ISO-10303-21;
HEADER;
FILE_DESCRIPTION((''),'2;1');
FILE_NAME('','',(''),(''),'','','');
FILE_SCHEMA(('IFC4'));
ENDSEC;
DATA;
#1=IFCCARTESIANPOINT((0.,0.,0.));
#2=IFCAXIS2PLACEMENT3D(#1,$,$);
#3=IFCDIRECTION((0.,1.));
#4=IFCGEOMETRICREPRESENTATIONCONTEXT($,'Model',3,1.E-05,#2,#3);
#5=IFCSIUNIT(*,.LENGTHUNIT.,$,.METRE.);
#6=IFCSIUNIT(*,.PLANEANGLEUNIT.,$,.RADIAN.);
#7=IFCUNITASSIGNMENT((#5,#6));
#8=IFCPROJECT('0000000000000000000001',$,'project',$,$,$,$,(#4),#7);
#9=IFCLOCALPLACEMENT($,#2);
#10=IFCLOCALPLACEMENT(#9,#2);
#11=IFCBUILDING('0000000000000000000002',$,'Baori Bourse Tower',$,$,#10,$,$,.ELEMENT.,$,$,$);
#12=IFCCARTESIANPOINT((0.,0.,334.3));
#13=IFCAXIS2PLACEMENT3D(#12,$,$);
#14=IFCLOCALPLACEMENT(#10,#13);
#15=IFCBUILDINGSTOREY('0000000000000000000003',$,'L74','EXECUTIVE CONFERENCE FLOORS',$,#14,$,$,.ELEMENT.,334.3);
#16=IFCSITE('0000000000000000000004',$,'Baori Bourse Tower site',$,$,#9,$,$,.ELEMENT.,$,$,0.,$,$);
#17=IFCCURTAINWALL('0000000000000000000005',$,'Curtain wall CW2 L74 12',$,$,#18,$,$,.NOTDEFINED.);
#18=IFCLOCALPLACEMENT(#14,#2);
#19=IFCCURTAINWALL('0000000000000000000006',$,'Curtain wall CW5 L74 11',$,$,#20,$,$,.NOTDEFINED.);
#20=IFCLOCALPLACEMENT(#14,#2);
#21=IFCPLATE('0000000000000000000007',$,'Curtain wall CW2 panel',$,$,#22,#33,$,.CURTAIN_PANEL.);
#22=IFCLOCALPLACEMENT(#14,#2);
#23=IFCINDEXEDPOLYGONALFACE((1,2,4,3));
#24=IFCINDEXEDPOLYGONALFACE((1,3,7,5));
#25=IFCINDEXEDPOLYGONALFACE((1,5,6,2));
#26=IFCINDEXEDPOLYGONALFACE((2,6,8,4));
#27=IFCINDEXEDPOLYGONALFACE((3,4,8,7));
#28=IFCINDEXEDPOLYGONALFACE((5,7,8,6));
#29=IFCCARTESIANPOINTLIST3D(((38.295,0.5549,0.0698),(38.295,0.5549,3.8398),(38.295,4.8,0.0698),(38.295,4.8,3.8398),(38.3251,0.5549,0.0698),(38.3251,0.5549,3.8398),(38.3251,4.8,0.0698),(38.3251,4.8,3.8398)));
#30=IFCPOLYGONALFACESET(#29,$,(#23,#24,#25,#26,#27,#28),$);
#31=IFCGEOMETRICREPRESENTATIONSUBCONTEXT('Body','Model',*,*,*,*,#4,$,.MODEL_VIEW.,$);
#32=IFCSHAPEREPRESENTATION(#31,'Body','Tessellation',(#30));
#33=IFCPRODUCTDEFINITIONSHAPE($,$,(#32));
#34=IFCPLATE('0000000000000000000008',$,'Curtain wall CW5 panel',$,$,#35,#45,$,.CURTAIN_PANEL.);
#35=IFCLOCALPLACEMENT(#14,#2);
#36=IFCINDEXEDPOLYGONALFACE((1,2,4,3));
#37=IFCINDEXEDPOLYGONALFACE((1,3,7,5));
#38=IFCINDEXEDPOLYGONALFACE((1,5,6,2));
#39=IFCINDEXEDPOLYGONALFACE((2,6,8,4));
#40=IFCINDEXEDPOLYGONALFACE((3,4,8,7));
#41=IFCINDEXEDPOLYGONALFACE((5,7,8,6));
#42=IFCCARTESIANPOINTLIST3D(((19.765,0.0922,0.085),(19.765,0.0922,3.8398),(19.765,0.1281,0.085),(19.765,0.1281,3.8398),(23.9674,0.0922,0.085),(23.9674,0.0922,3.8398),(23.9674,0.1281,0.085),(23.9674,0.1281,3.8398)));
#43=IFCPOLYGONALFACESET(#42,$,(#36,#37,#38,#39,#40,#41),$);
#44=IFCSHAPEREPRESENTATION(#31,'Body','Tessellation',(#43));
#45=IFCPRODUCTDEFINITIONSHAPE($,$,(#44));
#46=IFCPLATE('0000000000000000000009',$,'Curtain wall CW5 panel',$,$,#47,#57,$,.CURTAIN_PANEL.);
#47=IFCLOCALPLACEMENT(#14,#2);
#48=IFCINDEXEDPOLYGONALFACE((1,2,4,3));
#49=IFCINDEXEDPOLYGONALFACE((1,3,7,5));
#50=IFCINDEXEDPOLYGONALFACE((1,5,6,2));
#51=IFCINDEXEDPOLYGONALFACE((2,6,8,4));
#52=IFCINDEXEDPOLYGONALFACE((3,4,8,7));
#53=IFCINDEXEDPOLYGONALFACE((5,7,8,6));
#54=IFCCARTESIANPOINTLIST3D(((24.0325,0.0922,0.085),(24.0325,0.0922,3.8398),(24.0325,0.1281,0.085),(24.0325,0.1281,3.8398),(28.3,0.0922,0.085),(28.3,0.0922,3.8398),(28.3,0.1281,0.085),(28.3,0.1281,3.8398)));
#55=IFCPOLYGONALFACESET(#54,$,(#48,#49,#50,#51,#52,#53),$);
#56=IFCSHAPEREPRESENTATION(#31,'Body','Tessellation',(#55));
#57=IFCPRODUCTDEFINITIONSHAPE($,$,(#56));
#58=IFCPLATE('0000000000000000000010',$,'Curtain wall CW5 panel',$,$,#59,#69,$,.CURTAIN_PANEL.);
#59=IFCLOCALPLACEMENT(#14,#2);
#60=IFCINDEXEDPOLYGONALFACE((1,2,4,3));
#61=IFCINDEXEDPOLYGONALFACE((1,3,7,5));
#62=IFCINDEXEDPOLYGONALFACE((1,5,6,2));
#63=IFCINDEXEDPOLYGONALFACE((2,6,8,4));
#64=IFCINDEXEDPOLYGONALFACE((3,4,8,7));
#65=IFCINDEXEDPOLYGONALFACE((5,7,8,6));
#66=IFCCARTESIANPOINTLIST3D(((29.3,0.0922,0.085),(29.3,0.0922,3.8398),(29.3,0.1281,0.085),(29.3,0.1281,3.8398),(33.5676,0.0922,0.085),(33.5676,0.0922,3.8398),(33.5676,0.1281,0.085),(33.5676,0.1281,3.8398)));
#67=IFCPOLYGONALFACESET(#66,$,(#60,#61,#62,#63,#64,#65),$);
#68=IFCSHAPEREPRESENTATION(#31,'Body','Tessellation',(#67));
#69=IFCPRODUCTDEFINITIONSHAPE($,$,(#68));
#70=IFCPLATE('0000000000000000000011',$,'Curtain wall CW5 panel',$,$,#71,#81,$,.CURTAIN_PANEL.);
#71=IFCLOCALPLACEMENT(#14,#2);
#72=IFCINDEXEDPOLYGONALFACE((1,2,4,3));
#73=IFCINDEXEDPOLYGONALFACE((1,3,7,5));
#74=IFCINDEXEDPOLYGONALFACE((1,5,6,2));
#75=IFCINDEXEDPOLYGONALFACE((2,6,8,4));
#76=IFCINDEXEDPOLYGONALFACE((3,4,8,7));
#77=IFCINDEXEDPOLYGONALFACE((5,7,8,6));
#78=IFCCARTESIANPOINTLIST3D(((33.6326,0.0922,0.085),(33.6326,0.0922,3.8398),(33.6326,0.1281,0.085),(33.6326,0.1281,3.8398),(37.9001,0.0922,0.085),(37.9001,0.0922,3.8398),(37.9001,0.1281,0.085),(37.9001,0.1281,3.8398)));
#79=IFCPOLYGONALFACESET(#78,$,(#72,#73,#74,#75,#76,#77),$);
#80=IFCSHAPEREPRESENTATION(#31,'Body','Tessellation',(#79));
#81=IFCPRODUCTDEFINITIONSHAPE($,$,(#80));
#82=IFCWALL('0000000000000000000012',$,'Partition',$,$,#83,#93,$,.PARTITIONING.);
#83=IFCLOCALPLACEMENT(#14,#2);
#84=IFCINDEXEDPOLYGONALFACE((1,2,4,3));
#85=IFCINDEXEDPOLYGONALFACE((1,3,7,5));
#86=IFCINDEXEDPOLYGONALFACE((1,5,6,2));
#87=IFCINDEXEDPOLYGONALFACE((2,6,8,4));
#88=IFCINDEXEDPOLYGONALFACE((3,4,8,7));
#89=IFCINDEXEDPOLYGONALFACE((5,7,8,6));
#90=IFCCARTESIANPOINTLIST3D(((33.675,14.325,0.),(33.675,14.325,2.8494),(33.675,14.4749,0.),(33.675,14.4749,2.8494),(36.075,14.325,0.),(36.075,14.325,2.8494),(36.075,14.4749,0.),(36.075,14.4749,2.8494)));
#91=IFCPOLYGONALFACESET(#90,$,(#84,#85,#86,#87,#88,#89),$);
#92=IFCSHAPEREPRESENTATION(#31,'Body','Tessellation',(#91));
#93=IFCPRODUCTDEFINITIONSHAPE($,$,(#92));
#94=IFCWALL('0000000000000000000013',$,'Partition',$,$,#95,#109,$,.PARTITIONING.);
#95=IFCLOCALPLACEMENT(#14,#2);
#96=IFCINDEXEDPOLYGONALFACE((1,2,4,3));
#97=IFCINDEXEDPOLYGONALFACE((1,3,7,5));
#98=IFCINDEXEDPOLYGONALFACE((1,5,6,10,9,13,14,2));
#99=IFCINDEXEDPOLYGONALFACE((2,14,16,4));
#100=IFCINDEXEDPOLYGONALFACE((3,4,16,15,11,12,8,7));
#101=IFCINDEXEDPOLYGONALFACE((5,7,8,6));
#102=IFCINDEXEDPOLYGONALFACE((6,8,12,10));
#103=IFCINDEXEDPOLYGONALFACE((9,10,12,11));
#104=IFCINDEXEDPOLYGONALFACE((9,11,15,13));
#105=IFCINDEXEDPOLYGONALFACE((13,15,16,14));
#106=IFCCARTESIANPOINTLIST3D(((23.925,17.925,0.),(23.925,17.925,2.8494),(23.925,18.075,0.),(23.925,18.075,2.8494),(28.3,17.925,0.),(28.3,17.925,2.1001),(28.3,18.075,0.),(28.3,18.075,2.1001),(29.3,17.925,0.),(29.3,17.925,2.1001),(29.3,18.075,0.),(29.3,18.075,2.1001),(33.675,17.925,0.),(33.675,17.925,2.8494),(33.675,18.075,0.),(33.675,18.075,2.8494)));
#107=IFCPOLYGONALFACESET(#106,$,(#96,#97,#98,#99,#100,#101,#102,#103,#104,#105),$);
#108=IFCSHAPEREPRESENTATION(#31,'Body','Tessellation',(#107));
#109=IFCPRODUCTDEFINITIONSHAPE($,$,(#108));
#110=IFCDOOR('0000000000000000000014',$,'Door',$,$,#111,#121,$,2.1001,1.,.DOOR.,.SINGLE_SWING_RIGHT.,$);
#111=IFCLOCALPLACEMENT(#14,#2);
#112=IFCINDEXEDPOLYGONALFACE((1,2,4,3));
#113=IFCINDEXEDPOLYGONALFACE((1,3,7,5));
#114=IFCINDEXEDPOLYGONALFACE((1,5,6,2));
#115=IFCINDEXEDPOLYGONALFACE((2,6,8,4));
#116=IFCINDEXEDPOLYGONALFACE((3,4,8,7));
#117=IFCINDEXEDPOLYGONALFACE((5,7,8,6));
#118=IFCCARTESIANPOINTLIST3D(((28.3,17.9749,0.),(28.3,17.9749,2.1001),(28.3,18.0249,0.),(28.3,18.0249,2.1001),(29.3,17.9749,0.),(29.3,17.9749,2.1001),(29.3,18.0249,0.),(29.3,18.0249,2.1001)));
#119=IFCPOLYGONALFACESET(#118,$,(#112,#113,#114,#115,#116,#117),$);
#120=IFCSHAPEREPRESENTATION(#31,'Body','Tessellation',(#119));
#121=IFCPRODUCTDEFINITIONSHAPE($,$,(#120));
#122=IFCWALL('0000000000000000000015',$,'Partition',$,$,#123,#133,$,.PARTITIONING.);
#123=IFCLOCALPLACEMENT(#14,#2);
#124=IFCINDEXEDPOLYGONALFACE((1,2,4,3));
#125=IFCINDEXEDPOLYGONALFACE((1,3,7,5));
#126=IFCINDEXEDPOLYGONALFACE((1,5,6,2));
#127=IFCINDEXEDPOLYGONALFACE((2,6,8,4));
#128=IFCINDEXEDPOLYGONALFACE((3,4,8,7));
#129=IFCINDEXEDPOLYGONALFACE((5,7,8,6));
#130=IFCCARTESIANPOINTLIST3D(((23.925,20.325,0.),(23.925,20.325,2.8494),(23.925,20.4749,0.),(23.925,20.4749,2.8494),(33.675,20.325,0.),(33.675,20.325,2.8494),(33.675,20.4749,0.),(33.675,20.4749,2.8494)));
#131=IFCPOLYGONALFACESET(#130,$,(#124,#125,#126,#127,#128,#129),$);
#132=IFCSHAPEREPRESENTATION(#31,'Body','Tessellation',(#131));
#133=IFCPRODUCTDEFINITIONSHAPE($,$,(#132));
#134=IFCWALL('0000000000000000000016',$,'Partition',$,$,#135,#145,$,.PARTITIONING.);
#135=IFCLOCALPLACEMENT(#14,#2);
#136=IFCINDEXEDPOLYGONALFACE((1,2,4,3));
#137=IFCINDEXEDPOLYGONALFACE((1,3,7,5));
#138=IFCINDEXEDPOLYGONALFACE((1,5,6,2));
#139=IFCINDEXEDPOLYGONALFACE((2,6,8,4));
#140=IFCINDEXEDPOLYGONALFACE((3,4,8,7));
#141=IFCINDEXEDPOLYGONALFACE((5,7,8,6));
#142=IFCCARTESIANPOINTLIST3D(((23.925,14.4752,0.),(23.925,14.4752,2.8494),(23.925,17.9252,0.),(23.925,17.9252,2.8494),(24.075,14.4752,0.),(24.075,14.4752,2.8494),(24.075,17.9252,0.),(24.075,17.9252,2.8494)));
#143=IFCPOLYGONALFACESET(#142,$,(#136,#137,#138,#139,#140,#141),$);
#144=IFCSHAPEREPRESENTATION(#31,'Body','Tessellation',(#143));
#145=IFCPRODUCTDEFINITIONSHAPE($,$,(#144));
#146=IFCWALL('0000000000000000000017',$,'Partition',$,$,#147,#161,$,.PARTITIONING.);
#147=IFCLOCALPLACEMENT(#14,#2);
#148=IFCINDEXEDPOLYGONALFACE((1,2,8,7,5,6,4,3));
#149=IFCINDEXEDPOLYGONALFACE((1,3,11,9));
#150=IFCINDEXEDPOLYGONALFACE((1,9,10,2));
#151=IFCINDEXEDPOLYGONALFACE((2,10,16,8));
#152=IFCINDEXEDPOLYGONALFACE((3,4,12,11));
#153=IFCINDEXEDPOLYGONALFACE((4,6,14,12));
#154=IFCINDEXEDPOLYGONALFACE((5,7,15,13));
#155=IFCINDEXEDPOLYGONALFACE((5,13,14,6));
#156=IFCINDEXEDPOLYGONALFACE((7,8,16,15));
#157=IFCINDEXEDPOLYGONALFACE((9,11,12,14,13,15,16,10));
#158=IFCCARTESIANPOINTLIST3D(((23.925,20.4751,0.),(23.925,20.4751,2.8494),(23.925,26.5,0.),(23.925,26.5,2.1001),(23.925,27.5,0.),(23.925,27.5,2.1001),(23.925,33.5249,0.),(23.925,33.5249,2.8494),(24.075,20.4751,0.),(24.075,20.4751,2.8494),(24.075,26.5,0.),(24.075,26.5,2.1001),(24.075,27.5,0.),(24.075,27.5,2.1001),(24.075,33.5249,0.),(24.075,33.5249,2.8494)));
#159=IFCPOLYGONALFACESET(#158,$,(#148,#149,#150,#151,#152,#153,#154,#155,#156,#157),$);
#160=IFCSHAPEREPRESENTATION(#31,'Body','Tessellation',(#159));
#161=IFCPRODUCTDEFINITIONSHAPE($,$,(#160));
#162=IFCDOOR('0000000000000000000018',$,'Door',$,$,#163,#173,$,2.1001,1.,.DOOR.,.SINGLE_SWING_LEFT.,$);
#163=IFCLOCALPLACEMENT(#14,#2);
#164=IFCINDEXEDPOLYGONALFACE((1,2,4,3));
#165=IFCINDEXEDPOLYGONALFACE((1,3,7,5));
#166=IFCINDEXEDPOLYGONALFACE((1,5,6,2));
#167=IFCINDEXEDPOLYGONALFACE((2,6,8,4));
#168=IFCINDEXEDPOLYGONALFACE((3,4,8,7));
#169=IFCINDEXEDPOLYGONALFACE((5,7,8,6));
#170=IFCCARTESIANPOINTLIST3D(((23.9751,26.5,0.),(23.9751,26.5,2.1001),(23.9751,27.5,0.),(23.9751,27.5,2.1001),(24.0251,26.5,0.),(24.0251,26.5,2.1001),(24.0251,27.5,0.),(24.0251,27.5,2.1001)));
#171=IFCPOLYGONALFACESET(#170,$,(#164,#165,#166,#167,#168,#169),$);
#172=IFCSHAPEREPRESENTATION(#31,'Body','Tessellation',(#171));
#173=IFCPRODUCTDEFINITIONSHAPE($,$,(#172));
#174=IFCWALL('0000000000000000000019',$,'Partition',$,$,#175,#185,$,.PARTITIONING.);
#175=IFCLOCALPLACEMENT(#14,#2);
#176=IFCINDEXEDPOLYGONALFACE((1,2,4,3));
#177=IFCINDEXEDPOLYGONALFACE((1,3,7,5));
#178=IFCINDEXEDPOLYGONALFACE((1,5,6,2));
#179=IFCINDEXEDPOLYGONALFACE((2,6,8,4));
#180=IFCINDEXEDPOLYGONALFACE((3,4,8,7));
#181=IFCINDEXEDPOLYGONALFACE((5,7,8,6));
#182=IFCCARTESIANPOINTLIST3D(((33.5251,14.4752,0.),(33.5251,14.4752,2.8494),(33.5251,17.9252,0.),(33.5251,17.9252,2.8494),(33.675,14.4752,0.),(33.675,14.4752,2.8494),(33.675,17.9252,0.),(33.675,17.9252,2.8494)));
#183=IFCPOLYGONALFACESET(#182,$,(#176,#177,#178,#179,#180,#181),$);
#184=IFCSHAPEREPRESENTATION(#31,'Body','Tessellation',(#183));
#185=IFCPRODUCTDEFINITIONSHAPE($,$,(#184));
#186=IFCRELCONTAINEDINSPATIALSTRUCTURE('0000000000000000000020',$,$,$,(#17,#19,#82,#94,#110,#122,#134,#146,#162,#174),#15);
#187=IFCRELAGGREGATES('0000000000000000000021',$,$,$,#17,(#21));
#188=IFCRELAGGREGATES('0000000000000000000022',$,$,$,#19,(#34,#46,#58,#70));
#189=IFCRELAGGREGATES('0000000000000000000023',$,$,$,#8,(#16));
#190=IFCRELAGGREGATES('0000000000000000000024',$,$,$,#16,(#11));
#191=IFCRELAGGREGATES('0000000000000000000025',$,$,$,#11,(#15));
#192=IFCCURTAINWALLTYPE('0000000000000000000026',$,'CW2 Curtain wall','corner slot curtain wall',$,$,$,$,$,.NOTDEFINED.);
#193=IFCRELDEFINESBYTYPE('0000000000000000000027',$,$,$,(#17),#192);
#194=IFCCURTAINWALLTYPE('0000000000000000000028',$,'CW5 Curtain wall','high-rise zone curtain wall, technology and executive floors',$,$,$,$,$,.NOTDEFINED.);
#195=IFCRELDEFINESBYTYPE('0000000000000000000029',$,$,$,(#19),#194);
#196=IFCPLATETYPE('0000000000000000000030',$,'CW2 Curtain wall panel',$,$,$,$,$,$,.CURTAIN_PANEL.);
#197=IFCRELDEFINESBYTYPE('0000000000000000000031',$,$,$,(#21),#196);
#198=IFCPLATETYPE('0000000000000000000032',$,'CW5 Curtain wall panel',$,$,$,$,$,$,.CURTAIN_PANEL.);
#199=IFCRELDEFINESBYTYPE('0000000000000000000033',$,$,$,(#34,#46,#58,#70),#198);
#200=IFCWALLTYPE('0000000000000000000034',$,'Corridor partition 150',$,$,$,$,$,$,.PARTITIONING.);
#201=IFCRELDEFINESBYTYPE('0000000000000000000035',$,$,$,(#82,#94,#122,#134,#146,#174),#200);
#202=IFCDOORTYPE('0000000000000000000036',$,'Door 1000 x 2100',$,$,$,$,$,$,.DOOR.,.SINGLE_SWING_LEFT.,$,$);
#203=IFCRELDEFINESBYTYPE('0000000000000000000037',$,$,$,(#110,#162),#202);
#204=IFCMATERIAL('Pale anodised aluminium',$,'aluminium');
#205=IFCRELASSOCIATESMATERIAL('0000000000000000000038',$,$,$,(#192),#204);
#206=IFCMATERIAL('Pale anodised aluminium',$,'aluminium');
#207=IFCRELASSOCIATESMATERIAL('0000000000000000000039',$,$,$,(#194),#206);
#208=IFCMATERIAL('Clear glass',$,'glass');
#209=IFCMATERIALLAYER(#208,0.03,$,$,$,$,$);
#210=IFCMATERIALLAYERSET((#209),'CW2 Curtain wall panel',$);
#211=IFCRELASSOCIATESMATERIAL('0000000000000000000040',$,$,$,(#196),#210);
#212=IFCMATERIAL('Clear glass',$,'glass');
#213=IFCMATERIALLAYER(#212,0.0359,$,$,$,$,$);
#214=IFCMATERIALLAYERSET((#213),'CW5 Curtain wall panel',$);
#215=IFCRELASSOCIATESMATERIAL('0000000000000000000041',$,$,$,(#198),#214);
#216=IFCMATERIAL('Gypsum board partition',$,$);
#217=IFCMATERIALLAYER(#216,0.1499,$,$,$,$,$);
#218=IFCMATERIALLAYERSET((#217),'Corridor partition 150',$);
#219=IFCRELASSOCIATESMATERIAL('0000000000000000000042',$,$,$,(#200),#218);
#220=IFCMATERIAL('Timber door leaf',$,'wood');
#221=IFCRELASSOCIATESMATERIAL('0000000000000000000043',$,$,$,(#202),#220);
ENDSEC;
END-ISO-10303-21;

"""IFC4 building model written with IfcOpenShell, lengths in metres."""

from ifc_helpers import new_model, si_unit, direction, frame, frame_2d, origin, origin_2d, place, context, subcontext, project, spatial, rectangle, extrude, material, layer, layer_set, type_object, element, fill, aggregate, save


model = new_model("IFC4")

# Units and contexts
model_context = context("Model", 3, precision=1e-05, world=origin(), true_north=direction((0.0, 1.0)))
body_context = subcontext(model_context, "Body", "Model", "MODEL_VIEW")
ifc_project = project(units=[si_unit("LENGTHUNIT", "METRE"), si_unit("PLANEANGLEUNIT", "RADIAN")], contexts=[model_context])

# Site, building, storey
site_placement = place(None, origin())
site = spatial("IfcSite", under=ifc_project, at=site_placement, Name="Baori Bourse Tower site", CompositionType="ELEMENT", RefElevation=0.0)
building_placement = place(site_placement, origin())
building = spatial("IfcBuilding", under=site, at=building_placement, Name="Baori Bourse Tower", CompositionType="ELEMENT")
storey_placement = place(building_placement, frame((0.0, 0.0, 334.3)))
storey = spatial("IfcBuildingStorey", under=building, at=storey_placement, Name="L74", Description="EXECUTIVE CONFERENCE FLOORS", CompositionType="ELEMENT", Elevation=334.3)

# Curtain wall
ifc_material_1 = material(Name="Pale anodised aluminium", Category="aluminium")
curtain_wall_type_1 = type_object("IfcCurtainWallType", Name="CW2 Curtain wall", Description="corner slot curtain wall", PredefinedType="NOTDEFINED", material=ifc_material_1)
curtain_wall_1_placement = place(storey_placement, origin())
curtain_wall_1 = element("IfcCurtainWall", 1, at=curtain_wall_1_placement, inside=storey, type_object=curtain_wall_type_1, Name="Curtain wall CW2 L74 12", PredefinedType="NOTDEFINED")

# Curtain wall
ifc_material_2 = material(Name="Pale anodised aluminium", Category="aluminium")
curtain_wall_type_2 = type_object("IfcCurtainWallType", Name="CW5 Curtain wall", Description="high-rise zone curtain wall, technology and executive floors", PredefinedType="NOTDEFINED", material=ifc_material_2)
curtain_wall_2_placement = place(storey_placement, origin())
curtain_wall_2 = element("IfcCurtainWall", 2, at=curtain_wall_2_placement, inside=storey, type_object=curtain_wall_type_2, Name="Curtain wall CW5 L74 11", PredefinedType="NOTDEFINED")

# Plates
ifc_material_3 = material(Name="Clear glass", Category="glass")
ifc_layer_1 = layer(ifc_material_3, 0.03)
ifc_layer_set_1 = layer_set([ifc_layer_1], Name="CW2 Curtain wall panel")
plate_type_1 = type_object("IfcPlateType", Name="CW2 Curtain wall panel", PredefinedType="CURTAIN_PANEL", material=ifc_layer_set_1)
plate_1_placement = place(storey_placement, frame((38.3101, 2.6775, 0.0698), z_axis=(0.0, 0.0, 1.0), x_axis=(0.0, 1.0, 0.0)))
plate_1 = element("IfcPlate", 3, at=plate_1_placement, type_object=plate_type_1, Name="Curtain wall CW2 panel", PredefinedType="CURTAIN_PANEL", context=body_context, shape_type="SweptSolid", body=[
    extrude(rectangle(XDim=4.2451, YDim=0.03, at=origin_2d()), origin(), (0.0, 0.0, 1.0), 3.77),
])
aggregate(curtain_wall_1, [plate_1])
ifc_material_4 = material(Name="Clear glass", Category="glass")
ifc_layer_2 = layer(ifc_material_4, 0.0359)
ifc_layer_set_2 = layer_set([ifc_layer_2], Name="CW5 Curtain wall panel")
plate_type_2 = type_object("IfcPlateType", Name="CW5 Curtain wall panel", PredefinedType="CURTAIN_PANEL", material=ifc_layer_set_2)
plate_2_placement = place(storey_placement, frame((21.8662, 0.1101, 0.085), z_axis=(0.0, 0.0, 1.0), x_axis=(1.0, 0.0, 0.0)))
plate_2 = element("IfcPlate", 4, at=plate_2_placement, type_object=plate_type_2, Name="Curtain wall CW5 panel", PredefinedType="CURTAIN_PANEL", context=body_context, shape_type="SweptSolid", body=[
    extrude(rectangle(XDim=4.2024, YDim=0.0359, at=origin_2d()), origin(), (0.0, 0.0, 1.0), 3.7549),
])
plate_3_placement = place(storey_placement, frame((26.1663, 0.1101, 0.085), z_axis=(0.0, 0.0, 1.0), x_axis=(1.0, 0.0, 0.0)))
plate_3 = element("IfcPlate", 5, at=plate_3_placement, type_object=plate_type_2, Name="Curtain wall CW5 panel", PredefinedType="CURTAIN_PANEL", context=body_context, shape_type="SweptSolid", body=[
    extrude(rectangle(XDim=4.2676, YDim=0.0359, at=origin_2d()), origin(), (0.0, 0.0, 1.0), 3.7549),
])
plate_4_placement = place(storey_placement, frame((31.4338, 0.1101, 0.085), z_axis=(0.0, 0.0, 1.0), x_axis=(1.0, 0.0, 0.0)))
plate_4 = element("IfcPlate", 6, at=plate_4_placement, type_object=plate_type_2, Name="Curtain wall CW5 panel", PredefinedType="CURTAIN_PANEL", context=body_context, shape_type="SweptSolid", body=[
    extrude(rectangle(XDim=4.2676, YDim=0.0359, at=origin_2d()), origin(), (0.0, 0.0, 1.0), 3.7549),
])
plate_5_placement = place(storey_placement, frame((35.7664, 0.1101, 0.085), z_axis=(0.0, 0.0, 1.0), x_axis=(1.0, 0.0, 0.0)))
plate_5 = element("IfcPlate", 7, at=plate_5_placement, type_object=plate_type_2, Name="Curtain wall CW5 panel", PredefinedType="CURTAIN_PANEL", context=body_context, shape_type="SweptSolid", body=[
    extrude(rectangle(XDim=4.2676, YDim=0.0359, at=origin_2d()), origin(), (0.0, 0.0, 1.0), 3.7549),
])
aggregate(curtain_wall_2, [plate_2, plate_3, plate_4, plate_5])

# Wall
ifc_material_5 = material(Name="Gypsum board partition")
ifc_layer_3 = layer(ifc_material_5, 0.1499)
ifc_layer_set_3 = layer_set([ifc_layer_3], Name="Corridor partition 150")
wall_type_1 = type_object("IfcWallType", Name="Corridor partition 150", PredefinedType="PARTITIONING", material=ifc_layer_set_3)
wall_1_placement = place(storey_placement, frame((33.675, 14.3999, 0.0), z_axis=(0.0, 0.0, 1.0), x_axis=(1.0, 0.0, 0.0)))
element("IfcWall", 8, at=wall_1_placement, inside=storey, type_object=wall_type_1, Name="Partition", PredefinedType="PARTITIONING", context=body_context, shape_type="SweptSolid", body=[
    extrude(rectangle(XDim=2.3999, YDim=0.1499, at=frame_2d((1.2, 0.0))), origin(), (0.0, 0.0, 1.0), 2.8494),
])

# Wall, opening, door
wall_2_placement = place(storey_placement, frame((23.925, 18.0, 0.0), z_axis=(0.0, 0.0, 1.0), x_axis=(1.0, 0.0, 0.0)))
wall_2 = element("IfcWall", 9, at=wall_2_placement, inside=storey, type_object=wall_type_1, Name="Partition", PredefinedType="PARTITIONING", context=body_context, shape_type="SweptSolid", body=[
    extrude(rectangle(XDim=9.75, YDim=0.1499, at=frame_2d((4.875, 0.0))), origin(), (0.0, 0.0, 1.0), 2.8494),
])
opening_1_placement = place(wall_2_placement, frame((4.375, 0.0, 0.0)))
opening_1 = element("IfcOpeningElement", 10, at=opening_1_placement, cuts=wall_2, PredefinedType="OPENING", context=body_context, shape_type="SweptSolid", body=[
    extrude(rectangle(XDim=1.0, YDim=2.1001, at=frame_2d((0.5, 1.05))), frame((0.0, 0.085, 0.0), z_axis=(0.0, -1.0, 0.0), x_axis=(1.0, 0.0, 0.0)), (0.0, 0.0, 1.0), 0.1699),
])
ifc_material_6 = material(Name="Timber door leaf", Category="wood")
door_type = type_object("IfcDoorType", Name="Door 1000 x 2100", OperationType="SINGLE_SWING_LEFT", PredefinedType="DOOR", material=ifc_material_6)
door_1_placement = place(opening_1_placement, origin())
door_1 = element("IfcDoor", 11, at=door_1_placement, inside=storey, type_object=door_type, Name="Door", OperationType="SINGLE_SWING_RIGHT", OverallHeight=2.1001, OverallWidth=1.0, PredefinedType="DOOR", context=body_context, shape_type="SweptSolid", body=[
    extrude(rectangle(XDim=1.0, YDim=2.1001, at=frame_2d((0.5, 1.05))), frame((0.0, 0.0249, 0.0), z_axis=(0.0, -1.0, 0.0), x_axis=(1.0, 0.0, 0.0)), (0.0, 0.0, 1.0), 0.05),
])
fill(opening_1, door_1)

# Walls
wall_3_placement = place(storey_placement, frame((23.925, 20.3999, 0.0), z_axis=(0.0, 0.0, 1.0), x_axis=(1.0, 0.0, 0.0)))
element("IfcWall", 12, at=wall_3_placement, inside=storey, type_object=wall_type_1, Name="Partition", PredefinedType="PARTITIONING", context=body_context, shape_type="SweptSolid", body=[
    extrude(rectangle(XDim=9.75, YDim=0.1499, at=frame_2d((4.875, 0.0))), origin(), (0.0, 0.0, 1.0), 2.8494),
])
wall_4_placement = place(storey_placement, frame((24.0, 14.4751, 0.0), z_axis=(0.0, 0.0, 1.0), x_axis=(0.0, 1.0, 0.0)))
element("IfcWall", 13, at=wall_4_placement, inside=storey, type_object=wall_type_1, Name="Partition", PredefinedType="PARTITIONING", context=body_context, shape_type="SweptSolid", body=[
    extrude(rectangle(XDim=3.45, YDim=0.1499, at=frame_2d((1.7251, 0.0))), origin(), (0.0, 0.0, 1.0), 2.8494),
])

# Wall, opening, door
wall_5_placement = place(storey_placement, frame((24.0, 20.4751, 0.0), z_axis=(0.0, 0.0, 1.0), x_axis=(0.0, 1.0, 0.0)))
wall_5 = element("IfcWall", 14, at=wall_5_placement, inside=storey, type_object=wall_type_1, Name="Partition", PredefinedType="PARTITIONING", context=body_context, shape_type="SweptSolid", body=[
    extrude(rectangle(XDim=13.0498, YDim=0.1499, at=frame_2d((6.5249, 0.0))), origin(), (0.0, 0.0, 1.0), 2.8494),
])
opening_2_placement = place(wall_5_placement, frame((6.0249, 0.0, 0.0)))
opening_2 = element("IfcOpeningElement", 15, at=opening_2_placement, cuts=wall_5, PredefinedType="OPENING", context=body_context, shape_type="SweptSolid", body=[
    extrude(rectangle(XDim=1.0, YDim=2.1001, at=frame_2d((0.5, 1.05))), frame((0.0, 0.085, 0.0), z_axis=(0.0, -1.0, 0.0), x_axis=(1.0, 0.0, 0.0)), (0.0, 0.0, 1.0), 0.1699),
])
door_2_placement = place(opening_2_placement, origin())
door_2 = element("IfcDoor", 16, at=door_2_placement, inside=storey, type_object=door_type, Name="Door", OperationType="SINGLE_SWING_LEFT", OverallHeight=2.1001, OverallWidth=1.0, PredefinedType="DOOR", context=body_context, shape_type="SweptSolid", body=[
    extrude(rectangle(XDim=1.0, YDim=2.1001, at=frame_2d((0.5, 1.05))), frame((0.0, 0.0249, 0.0), z_axis=(0.0, -1.0, 0.0), x_axis=(1.0, 0.0, 0.0)), (0.0, 0.0, 1.0), 0.05),
])
fill(opening_2, door_2)

# Wall
wall_6_placement = place(storey_placement, frame((33.6001, 14.4751, 0.0), z_axis=(0.0, 0.0, 1.0), x_axis=(0.0, 1.0, 0.0)))
element("IfcWall", 17, at=wall_6_placement, inside=storey, type_object=wall_type_1, Name="Partition", PredefinedType="PARTITIONING", context=body_context, shape_type="SweptSolid", body=[
    extrude(rectangle(XDim=3.45, YDim=0.1499, at=frame_2d((1.7251, 0.0))), origin(), (0.0, 0.0, 1.0), 2.8494),
])

save(model, "model.ifc")
